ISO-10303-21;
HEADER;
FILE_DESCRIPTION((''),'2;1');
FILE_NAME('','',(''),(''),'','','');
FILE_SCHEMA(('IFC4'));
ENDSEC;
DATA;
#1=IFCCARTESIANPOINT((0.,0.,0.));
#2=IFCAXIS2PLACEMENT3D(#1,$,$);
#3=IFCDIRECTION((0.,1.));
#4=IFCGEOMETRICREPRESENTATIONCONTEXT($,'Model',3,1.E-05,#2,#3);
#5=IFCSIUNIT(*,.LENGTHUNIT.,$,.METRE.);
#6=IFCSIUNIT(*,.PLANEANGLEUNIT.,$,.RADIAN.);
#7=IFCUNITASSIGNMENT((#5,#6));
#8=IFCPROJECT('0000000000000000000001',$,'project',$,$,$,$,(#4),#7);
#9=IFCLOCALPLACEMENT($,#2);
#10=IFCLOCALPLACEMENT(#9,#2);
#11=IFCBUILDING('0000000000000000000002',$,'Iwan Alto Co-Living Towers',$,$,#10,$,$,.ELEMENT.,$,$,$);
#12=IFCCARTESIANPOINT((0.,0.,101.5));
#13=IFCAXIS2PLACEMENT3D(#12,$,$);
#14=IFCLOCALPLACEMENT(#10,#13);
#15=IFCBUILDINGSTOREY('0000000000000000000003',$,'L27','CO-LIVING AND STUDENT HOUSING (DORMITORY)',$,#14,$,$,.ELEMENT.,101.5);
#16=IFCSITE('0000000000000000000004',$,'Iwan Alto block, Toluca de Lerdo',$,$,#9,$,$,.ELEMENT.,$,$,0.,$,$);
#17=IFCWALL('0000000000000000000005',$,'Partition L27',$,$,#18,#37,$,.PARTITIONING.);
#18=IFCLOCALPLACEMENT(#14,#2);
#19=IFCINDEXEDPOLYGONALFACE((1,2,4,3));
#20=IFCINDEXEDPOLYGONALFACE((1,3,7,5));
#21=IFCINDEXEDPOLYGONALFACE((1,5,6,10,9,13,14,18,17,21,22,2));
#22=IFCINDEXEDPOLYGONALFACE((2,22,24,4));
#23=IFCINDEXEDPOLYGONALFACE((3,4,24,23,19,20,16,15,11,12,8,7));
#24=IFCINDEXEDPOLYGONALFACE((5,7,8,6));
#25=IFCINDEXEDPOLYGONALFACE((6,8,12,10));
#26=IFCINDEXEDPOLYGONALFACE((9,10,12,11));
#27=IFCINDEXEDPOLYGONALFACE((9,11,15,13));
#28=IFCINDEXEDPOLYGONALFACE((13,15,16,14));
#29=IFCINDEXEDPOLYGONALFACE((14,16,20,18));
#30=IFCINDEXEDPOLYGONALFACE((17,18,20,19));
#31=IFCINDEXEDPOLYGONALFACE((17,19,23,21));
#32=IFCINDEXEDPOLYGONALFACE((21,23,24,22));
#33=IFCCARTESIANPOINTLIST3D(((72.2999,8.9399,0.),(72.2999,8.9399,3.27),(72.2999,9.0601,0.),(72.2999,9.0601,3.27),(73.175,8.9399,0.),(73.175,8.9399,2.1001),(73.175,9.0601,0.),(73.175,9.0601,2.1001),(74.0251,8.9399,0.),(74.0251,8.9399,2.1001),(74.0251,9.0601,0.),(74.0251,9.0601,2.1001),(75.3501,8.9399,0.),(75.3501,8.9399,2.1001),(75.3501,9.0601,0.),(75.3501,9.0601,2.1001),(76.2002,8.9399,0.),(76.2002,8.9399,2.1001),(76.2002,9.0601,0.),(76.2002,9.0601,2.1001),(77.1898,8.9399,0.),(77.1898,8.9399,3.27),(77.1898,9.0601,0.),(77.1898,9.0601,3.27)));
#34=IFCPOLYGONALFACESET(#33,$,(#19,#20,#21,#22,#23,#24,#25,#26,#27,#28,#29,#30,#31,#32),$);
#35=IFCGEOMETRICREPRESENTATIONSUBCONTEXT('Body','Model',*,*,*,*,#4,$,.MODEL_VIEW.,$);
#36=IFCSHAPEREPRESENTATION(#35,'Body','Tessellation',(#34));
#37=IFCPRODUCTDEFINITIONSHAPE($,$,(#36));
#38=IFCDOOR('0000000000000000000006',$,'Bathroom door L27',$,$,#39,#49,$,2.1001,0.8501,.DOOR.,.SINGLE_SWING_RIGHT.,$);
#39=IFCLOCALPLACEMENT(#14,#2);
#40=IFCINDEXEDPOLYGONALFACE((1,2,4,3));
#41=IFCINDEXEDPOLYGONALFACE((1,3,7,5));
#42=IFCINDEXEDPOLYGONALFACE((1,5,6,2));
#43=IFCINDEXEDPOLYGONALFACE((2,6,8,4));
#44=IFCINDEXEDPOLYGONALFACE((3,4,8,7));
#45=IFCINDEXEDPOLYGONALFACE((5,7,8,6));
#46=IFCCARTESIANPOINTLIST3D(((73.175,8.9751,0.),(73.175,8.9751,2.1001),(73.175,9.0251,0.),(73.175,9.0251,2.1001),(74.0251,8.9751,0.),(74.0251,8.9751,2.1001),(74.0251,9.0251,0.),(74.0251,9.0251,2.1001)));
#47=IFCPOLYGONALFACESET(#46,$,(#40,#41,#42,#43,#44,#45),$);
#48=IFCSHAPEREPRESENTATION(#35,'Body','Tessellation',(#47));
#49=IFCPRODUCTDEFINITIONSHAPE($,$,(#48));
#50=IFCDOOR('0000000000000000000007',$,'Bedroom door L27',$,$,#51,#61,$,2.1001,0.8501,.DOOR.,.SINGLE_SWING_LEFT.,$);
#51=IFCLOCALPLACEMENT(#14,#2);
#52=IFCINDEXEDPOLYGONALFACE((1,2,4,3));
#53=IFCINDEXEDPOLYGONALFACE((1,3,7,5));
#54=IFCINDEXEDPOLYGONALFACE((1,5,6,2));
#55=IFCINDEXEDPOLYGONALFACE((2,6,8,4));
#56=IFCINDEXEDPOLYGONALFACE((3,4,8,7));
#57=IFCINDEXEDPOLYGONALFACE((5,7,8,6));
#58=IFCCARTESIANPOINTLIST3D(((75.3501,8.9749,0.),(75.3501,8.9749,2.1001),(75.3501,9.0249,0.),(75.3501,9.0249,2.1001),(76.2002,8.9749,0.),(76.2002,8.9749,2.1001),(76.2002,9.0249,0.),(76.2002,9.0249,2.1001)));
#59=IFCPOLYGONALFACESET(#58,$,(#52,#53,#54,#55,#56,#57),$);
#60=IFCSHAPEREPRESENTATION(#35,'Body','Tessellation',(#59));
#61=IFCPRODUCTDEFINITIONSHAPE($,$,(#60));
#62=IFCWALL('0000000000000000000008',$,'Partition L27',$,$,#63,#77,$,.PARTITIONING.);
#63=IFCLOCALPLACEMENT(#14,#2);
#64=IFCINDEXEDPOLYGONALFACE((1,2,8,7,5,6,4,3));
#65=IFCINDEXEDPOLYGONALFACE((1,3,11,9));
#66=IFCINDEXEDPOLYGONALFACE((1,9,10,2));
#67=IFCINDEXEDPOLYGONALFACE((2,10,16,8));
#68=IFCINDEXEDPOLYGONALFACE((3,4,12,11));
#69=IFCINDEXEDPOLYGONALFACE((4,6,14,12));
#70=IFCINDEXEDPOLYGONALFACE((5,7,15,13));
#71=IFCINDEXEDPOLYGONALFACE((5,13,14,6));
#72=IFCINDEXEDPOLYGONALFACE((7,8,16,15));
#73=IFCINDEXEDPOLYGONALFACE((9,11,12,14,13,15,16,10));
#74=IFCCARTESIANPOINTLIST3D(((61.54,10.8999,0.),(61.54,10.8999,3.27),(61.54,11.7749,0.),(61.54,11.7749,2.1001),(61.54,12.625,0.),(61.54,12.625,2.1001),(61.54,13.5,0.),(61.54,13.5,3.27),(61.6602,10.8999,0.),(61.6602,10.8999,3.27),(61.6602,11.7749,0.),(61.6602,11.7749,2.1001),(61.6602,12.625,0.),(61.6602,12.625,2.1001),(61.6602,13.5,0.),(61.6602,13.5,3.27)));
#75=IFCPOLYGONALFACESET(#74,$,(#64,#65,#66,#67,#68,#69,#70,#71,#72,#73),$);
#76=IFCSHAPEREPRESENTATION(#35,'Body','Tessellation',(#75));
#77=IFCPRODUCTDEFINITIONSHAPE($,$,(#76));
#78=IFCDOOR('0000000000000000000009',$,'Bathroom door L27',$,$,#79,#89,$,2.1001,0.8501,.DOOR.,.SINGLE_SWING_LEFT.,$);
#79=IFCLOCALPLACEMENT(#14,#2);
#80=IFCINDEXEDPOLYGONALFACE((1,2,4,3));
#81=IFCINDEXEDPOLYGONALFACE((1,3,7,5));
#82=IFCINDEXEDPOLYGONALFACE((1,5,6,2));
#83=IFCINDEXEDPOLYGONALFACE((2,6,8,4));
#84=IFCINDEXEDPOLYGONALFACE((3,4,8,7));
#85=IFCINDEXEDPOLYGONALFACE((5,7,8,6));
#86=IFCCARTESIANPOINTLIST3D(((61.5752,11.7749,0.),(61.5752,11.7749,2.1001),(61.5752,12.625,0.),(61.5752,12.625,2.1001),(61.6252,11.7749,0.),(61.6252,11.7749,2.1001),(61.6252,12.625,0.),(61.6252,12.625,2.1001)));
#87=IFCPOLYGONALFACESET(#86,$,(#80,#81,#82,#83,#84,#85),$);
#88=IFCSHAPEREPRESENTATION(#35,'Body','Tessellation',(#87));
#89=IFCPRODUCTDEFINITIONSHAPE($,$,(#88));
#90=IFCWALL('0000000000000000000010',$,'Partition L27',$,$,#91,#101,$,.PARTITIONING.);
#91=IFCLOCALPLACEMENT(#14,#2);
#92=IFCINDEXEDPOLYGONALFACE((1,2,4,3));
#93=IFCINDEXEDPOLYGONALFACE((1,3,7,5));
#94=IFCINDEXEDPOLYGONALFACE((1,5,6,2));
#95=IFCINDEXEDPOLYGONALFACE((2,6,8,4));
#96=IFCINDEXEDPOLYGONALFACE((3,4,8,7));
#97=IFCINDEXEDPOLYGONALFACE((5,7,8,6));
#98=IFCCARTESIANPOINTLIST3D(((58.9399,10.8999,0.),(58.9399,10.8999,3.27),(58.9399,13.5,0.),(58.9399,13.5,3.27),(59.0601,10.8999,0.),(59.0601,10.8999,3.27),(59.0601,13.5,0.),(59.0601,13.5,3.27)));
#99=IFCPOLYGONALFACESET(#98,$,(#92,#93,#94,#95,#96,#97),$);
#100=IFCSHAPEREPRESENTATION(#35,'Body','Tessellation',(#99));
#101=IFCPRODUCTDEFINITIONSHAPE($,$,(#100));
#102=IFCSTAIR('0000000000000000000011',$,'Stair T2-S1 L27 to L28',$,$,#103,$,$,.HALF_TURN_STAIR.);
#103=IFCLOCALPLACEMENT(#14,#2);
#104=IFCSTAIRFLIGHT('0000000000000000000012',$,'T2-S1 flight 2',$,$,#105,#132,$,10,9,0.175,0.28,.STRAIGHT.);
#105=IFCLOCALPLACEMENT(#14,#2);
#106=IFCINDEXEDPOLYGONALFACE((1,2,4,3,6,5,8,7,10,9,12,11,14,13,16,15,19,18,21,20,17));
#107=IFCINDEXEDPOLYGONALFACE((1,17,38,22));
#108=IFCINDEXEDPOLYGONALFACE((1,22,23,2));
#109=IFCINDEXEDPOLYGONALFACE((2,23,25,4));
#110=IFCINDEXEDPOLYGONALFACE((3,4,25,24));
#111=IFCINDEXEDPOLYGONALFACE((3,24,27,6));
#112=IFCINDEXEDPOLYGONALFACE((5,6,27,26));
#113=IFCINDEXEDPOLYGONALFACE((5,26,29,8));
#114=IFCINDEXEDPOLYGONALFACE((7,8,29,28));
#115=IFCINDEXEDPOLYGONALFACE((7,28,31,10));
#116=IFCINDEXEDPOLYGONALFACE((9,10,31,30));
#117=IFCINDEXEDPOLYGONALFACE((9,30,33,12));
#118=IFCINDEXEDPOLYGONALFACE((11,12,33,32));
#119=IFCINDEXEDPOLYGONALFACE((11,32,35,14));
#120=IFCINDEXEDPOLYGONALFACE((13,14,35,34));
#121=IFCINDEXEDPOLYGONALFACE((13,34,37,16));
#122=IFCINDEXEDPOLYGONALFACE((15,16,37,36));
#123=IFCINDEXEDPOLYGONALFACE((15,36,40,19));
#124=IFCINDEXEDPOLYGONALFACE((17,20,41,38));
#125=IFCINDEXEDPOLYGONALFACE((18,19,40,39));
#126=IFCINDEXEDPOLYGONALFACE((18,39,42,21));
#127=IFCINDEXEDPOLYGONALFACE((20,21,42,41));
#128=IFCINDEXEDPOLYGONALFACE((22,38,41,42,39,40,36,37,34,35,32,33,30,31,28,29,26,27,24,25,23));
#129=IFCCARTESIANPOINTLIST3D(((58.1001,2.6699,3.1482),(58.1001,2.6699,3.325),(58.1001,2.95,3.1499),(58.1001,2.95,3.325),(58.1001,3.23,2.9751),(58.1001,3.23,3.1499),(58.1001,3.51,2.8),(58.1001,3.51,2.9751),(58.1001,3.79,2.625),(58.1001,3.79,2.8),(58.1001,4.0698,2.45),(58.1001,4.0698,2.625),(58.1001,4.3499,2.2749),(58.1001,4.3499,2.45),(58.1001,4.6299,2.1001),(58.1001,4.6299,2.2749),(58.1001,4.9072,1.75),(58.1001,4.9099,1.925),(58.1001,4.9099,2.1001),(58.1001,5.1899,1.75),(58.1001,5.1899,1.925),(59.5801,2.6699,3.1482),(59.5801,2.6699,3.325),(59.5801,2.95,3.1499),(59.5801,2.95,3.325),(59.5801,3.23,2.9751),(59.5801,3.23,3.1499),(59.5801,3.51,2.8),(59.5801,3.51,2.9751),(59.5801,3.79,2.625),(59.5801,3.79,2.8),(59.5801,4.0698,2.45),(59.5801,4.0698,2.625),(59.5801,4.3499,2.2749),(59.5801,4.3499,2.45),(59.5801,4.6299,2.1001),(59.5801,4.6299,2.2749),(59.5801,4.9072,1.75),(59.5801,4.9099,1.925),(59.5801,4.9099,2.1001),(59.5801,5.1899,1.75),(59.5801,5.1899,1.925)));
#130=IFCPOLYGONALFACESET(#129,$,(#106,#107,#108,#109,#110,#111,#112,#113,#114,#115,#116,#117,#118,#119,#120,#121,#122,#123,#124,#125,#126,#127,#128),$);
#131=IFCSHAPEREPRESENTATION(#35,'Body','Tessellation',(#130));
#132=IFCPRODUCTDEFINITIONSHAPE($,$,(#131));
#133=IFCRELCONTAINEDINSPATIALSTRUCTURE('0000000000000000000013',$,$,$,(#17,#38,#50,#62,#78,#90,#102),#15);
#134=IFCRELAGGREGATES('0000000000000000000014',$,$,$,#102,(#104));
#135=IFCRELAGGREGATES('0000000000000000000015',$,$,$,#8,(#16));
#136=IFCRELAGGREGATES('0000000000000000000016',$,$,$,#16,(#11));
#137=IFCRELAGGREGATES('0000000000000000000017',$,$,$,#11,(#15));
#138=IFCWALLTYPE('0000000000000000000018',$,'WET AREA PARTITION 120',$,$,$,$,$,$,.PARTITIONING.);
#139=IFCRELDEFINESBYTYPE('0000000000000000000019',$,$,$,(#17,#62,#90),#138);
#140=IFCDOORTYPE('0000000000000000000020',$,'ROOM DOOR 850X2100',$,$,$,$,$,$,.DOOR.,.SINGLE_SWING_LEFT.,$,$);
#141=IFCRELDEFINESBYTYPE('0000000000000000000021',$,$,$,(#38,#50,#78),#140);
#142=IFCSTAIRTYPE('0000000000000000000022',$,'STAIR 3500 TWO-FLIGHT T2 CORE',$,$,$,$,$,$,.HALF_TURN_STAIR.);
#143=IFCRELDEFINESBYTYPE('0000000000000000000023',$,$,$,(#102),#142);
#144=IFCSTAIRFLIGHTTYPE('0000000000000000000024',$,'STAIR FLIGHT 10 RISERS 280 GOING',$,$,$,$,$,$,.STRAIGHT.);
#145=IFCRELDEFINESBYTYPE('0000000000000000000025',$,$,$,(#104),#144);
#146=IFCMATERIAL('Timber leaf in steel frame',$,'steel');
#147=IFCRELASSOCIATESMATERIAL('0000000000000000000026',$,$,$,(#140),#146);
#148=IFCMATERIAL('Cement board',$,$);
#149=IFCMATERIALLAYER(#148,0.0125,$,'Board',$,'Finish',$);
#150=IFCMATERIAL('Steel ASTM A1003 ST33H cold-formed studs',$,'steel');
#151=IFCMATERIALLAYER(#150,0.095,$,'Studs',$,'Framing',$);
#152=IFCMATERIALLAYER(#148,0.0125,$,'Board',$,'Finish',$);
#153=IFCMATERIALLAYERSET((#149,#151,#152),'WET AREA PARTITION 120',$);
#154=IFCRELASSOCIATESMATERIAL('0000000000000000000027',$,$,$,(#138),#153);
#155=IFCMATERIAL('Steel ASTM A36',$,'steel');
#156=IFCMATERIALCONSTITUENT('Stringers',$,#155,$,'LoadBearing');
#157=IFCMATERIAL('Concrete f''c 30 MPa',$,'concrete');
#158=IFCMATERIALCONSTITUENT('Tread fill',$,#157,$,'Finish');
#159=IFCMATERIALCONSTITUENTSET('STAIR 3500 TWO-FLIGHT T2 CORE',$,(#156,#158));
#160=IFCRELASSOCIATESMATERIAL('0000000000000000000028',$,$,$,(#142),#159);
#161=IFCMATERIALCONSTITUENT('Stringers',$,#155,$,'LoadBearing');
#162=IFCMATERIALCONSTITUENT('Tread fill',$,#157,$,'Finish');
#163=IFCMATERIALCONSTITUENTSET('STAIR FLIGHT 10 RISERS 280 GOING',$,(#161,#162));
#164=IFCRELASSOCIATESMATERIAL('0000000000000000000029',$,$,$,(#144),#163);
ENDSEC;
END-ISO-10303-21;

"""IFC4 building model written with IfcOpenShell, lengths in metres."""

from ifc_helpers import new_model, si_unit, direction, frame, frame_2d, origin, place, context, subcontext, project, spatial, polyline, rectangle, outline, extrude, material, layer, layer_set, constituent, constituent_set, type_object, element, fill, aggregate, save


model = new_model("IFC4")

# Units and contexts
model_context = context("Model", 3, precision=1e-05, world=origin(), true_north=direction((0.0, 1.0)))
body_context = subcontext(model_context, "Body", "Model", "MODEL_VIEW")
ifc_project = project(units=[si_unit("LENGTHUNIT", "METRE"), si_unit("PLANEANGLEUNIT", "RADIAN")], contexts=[model_context])

# Site, building, storey
site_placement = place(None, origin())
site = spatial("IfcSite", under=ifc_project, at=site_placement, Name="Iwan Alto block, Toluca de Lerdo", CompositionType="ELEMENT", RefElevation=0.0)
building_placement = place(site_placement, origin())
building = spatial("IfcBuilding", under=site, at=building_placement, Name="Iwan Alto Co-Living Towers", CompositionType="ELEMENT")
storey_placement = place(building_placement, frame((0.0, 0.0, 101.5)))
storey = spatial("IfcBuildingStorey", under=building, at=storey_placement, Name="L27", Description="CO-LIVING AND STUDENT HOUSING (DORMITORY)", CompositionType="ELEMENT", Elevation=101.5)

# Shared definitions
ifc_material_1 = material(Name="Steel ASTM A1003 ST33H cold-formed studs", Category="steel")

# Shared definitions
ifc_material_2 = material(Name="Timber leaf in steel frame", Category="steel")
door_type_1 = type_object("IfcDoorType", Name="ROOM DOOR 850X2100", OperationType="SINGLE_SWING_LEFT", PredefinedType="DOOR", material=ifc_material_2)

# Wall, openings, doors
ifc_material_3 = material(Name="Cement board")
ifc_layer_1 = layer(ifc_material_3, 0.0125, Name="Board", Category="Finish")
ifc_layer_2 = layer(ifc_material_1, 0.095, Name="Studs", Category="Framing")
ifc_layer_3 = layer(ifc_material_3, 0.0125, Name="Board", Category="Finish")
ifc_layer_set_1 = layer_set([ifc_layer_1, ifc_layer_2, ifc_layer_3], Name="WET AREA PARTITION 120")
wall_type_1 = type_object("IfcWallType", Name="WET AREA PARTITION 120", PredefinedType="PARTITIONING", material=ifc_layer_set_1)
wall_1_placement = place(storey_placement, frame((72.3, 9.0, 0.0), z_axis=(0.0, 0.0, 1.0), x_axis=(1.0, 0.0, 0.0)))
wall_1 = element("IfcWall", 1, at=wall_1_placement, inside=storey, type_object=wall_type_1, Name="Partition L27", PredefinedType="PARTITIONING", context=body_context, shape_type="SweptSolid", body=[
    extrude(rectangle(XDim=4.8899, YDim=0.1201, at=frame_2d((2.4448, 0.0))), origin(), (0.0, 0.0, 1.0), 3.27),
])
opening_1_placement = place(wall_1_placement, frame((0.875, 0.0, 0.0)))
opening_1 = element("IfcOpeningElement", 2, at=opening_1_placement, cuts=wall_1, PredefinedType="OPENING", context=body_context, shape_type="SweptSolid", body=[
    extrude(rectangle(XDim=0.8501, YDim=2.1001, at=frame_2d((0.425, 1.05))), frame((0.0, 0.0701, 0.0), z_axis=(0.0, -1.0, 0.0), x_axis=(1.0, 0.0, 0.0)), (0.0, 0.0, 1.0), 0.1401),
])
opening_2_placement = place(wall_1_placement, frame((3.05, 0.0, 0.0)))
opening_2 = element("IfcOpeningElement", 3, at=opening_2_placement, cuts=wall_1, PredefinedType="OPENING", context=body_context, shape_type="SweptSolid", body=[
    extrude(rectangle(XDim=0.8501, YDim=2.1001, at=frame_2d((0.425, 1.05))), frame((0.0, 0.0701, 0.0), z_axis=(0.0, -1.0, 0.0), x_axis=(1.0, 0.0, 0.0)), (0.0, 0.0, 1.0), 0.1401),
])
door_1_placement = place(opening_1_placement, frame((0.8501, 0.0, 0.0), z_axis=(0.0, 0.0, 1.0), x_axis=(-1.0, 0.0, 0.0)))
door_1 = element("IfcDoor", 4, at=door_1_placement, inside=storey, type_object=door_type_1, Name="Bathroom door L27", OperationType="SINGLE_SWING_RIGHT", OverallHeight=2.1001, OverallWidth=0.8501, PredefinedType="DOOR", context=body_context, shape_type="SweptSolid", body=[
    extrude(rectangle(XDim=0.8501, YDim=2.1001, at=frame_2d((0.425, 1.05))), frame((0.0, 0.0249, 0.0), z_axis=(0.0, -1.0, 0.0), x_axis=(1.0, 0.0, 0.0)), (0.0, 0.0, 1.0), 0.05),
])
fill(opening_1, door_1)
door_2_placement = place(opening_2_placement, origin())
door_2 = element("IfcDoor", 5, at=door_2_placement, inside=storey, type_object=door_type_1, Name="Bedroom door L27", OperationType="SINGLE_SWING_LEFT", OverallHeight=2.1001, OverallWidth=0.8501, PredefinedType="DOOR", context=body_context, shape_type="SweptSolid", body=[
    extrude(rectangle(XDim=0.8501, YDim=2.1001, at=frame_2d((0.425, 1.05))), frame((0.0, 0.0249, 0.0), z_axis=(0.0, -1.0, 0.0), x_axis=(1.0, 0.0, 0.0)), (0.0, 0.0, 1.0), 0.05),
])
fill(opening_2, door_2)

# Wall, opening, door
wall_2_placement = place(storey_placement, frame((61.6001, 10.8999, 0.0), z_axis=(0.0, 0.0, 1.0), x_axis=(0.0, 1.0, 0.0)))
wall_2 = element("IfcWall", 6, at=wall_2_placement, inside=storey, type_object=wall_type_1, Name="Partition L27", PredefinedType="PARTITIONING", context=body_context, shape_type="SweptSolid", body=[
    extrude(rectangle(XDim=2.6001, YDim=0.1201, at=frame_2d((1.3, 0.0))), origin(), (0.0, 0.0, 1.0), 3.27),
])
opening_3_placement = place(wall_2_placement, frame((0.875, 0.0, 0.0)))
opening_3 = element("IfcOpeningElement", 7, at=opening_3_placement, cuts=wall_2, PredefinedType="OPENING", context=body_context, shape_type="SweptSolid", body=[
    extrude(rectangle(XDim=0.8501, YDim=2.1001, at=frame_2d((0.425, 1.05))), frame((0.0, 0.0701, 0.0), z_axis=(0.0, -1.0, 0.0), x_axis=(1.0, 0.0, 0.0)), (0.0, 0.0, 1.0), 0.1401),
])
door_3_placement = place(opening_3_placement, origin())
door_3 = element("IfcDoor", 8, at=door_3_placement, inside=storey, type_object=door_type_1, Name="Bathroom door L27", OperationType="SINGLE_SWING_LEFT", OverallHeight=2.1001, OverallWidth=0.8501, PredefinedType="DOOR", context=body_context, shape_type="SweptSolid", body=[
    extrude(rectangle(XDim=0.8501, YDim=2.1001, at=frame_2d((0.425, 1.05))), frame((0.0, 0.0249, 0.0), z_axis=(0.0, -1.0, 0.0), x_axis=(1.0, 0.0, 0.0)), (0.0, 0.0, 1.0), 0.05),
])
fill(opening_3, door_3)

# Wall
wall_3_placement = place(storey_placement, frame((59.0, 10.8999, 0.0), z_axis=(0.0, 0.0, 1.0), x_axis=(0.0, 1.0, 0.0)))
element("IfcWall", 9, at=wall_3_placement, inside=storey, type_object=wall_type_1, Name="Partition L27", PredefinedType="PARTITIONING", context=body_context, shape_type="SweptSolid", body=[
    extrude(rectangle(XDim=2.6001, YDim=0.1201, at=frame_2d((1.3, 0.0))), origin(), (0.0, 0.0, 1.0), 3.27),
])

# Stair, stair flight
ifc_material_4 = material(Name="Steel ASTM A36", Category="steel")
ifc_constituent_1 = constituent(ifc_material_4, Name="Stringers", Category="LoadBearing")
ifc_material_5 = material(Name="Concrete f'c 30 MPa", Category="concrete")
ifc_constituent_2 = constituent(ifc_material_5, Name="Tread fill", Category="Finish")
ifc_constituent_set_1 = constituent_set(constituents=[ifc_constituent_1, ifc_constituent_2], Name="STAIR 3500 TWO-FLIGHT T2 CORE")
stair_type = type_object("IfcStairType", Name="STAIR 3500 TWO-FLIGHT T2 CORE", PredefinedType="HALF_TURN_STAIR", material=ifc_constituent_set_1)
stair_placement = place(storey_placement, origin())
stair = element("IfcStair", 10, at=stair_placement, inside=storey, type_object=stair_type, Name="Stair T2-S1 L27 to L28", PredefinedType="HALF_TURN_STAIR")
ifc_constituent_3 = constituent(ifc_material_4, Name="Stringers", Category="LoadBearing")
ifc_constituent_4 = constituent(ifc_material_5, Name="Tread fill", Category="Finish")
ifc_constituent_set_2 = constituent_set(constituents=[ifc_constituent_3, ifc_constituent_4], Name="STAIR FLIGHT 10 RISERS 280 GOING")
stair_flight_type = type_object("IfcStairFlightType", Name="STAIR FLIGHT 10 RISERS 280 GOING", PredefinedType="STRAIGHT", material=ifc_constituent_set_2)
stair_flight_placement = place(storey_placement, frame((58.8401, 5.1899, 1.75), z_axis=(0.0, 0.0, 1.0), x_axis=(0.0, -1.0, 0.0)))
stair_flight = element("IfcStairFlight", 11, at=stair_flight_placement, type_object=stair_flight_type, Name="T2-S1 flight 2", NumberOfRisers=10, NumberOfTreads=9, PredefinedType="STRAIGHT", RiserHeight=0.175, TreadLength=0.28, context=body_context, shape_type="SweptSolid", body=[
    extrude(outline(polyline([(0.0, 0.0), (0.0, 0.175), (0.28, 0.175), (0.28, 0.3501), (0.5601, 0.3501), (0.5601, 0.5249), (0.8401, 0.5249), (0.8401, 0.7), (1.1201, 0.7), (1.1201, 0.875), (1.3999, 0.875), (1.3999, 1.05), (1.6799, 1.05), (1.6799, 1.2251), (1.96, 1.2251), (1.96, 1.3999), (2.24, 1.3999), (2.24, 1.575), (2.52, 1.575), (2.52, 1.75), (2.52, 1.3982), (0.2827, 0.0), (0.0, 0.0)])), frame((0.0, 0.74, 0.0), z_axis=(0.0, -1.0, 0.0), x_axis=(1.0, 0.0, 0.0)), (0.0, 0.0, 1.0), 1.48),
])
aggregate(stair, [stair_flight])

save(model, "model.ifc")
